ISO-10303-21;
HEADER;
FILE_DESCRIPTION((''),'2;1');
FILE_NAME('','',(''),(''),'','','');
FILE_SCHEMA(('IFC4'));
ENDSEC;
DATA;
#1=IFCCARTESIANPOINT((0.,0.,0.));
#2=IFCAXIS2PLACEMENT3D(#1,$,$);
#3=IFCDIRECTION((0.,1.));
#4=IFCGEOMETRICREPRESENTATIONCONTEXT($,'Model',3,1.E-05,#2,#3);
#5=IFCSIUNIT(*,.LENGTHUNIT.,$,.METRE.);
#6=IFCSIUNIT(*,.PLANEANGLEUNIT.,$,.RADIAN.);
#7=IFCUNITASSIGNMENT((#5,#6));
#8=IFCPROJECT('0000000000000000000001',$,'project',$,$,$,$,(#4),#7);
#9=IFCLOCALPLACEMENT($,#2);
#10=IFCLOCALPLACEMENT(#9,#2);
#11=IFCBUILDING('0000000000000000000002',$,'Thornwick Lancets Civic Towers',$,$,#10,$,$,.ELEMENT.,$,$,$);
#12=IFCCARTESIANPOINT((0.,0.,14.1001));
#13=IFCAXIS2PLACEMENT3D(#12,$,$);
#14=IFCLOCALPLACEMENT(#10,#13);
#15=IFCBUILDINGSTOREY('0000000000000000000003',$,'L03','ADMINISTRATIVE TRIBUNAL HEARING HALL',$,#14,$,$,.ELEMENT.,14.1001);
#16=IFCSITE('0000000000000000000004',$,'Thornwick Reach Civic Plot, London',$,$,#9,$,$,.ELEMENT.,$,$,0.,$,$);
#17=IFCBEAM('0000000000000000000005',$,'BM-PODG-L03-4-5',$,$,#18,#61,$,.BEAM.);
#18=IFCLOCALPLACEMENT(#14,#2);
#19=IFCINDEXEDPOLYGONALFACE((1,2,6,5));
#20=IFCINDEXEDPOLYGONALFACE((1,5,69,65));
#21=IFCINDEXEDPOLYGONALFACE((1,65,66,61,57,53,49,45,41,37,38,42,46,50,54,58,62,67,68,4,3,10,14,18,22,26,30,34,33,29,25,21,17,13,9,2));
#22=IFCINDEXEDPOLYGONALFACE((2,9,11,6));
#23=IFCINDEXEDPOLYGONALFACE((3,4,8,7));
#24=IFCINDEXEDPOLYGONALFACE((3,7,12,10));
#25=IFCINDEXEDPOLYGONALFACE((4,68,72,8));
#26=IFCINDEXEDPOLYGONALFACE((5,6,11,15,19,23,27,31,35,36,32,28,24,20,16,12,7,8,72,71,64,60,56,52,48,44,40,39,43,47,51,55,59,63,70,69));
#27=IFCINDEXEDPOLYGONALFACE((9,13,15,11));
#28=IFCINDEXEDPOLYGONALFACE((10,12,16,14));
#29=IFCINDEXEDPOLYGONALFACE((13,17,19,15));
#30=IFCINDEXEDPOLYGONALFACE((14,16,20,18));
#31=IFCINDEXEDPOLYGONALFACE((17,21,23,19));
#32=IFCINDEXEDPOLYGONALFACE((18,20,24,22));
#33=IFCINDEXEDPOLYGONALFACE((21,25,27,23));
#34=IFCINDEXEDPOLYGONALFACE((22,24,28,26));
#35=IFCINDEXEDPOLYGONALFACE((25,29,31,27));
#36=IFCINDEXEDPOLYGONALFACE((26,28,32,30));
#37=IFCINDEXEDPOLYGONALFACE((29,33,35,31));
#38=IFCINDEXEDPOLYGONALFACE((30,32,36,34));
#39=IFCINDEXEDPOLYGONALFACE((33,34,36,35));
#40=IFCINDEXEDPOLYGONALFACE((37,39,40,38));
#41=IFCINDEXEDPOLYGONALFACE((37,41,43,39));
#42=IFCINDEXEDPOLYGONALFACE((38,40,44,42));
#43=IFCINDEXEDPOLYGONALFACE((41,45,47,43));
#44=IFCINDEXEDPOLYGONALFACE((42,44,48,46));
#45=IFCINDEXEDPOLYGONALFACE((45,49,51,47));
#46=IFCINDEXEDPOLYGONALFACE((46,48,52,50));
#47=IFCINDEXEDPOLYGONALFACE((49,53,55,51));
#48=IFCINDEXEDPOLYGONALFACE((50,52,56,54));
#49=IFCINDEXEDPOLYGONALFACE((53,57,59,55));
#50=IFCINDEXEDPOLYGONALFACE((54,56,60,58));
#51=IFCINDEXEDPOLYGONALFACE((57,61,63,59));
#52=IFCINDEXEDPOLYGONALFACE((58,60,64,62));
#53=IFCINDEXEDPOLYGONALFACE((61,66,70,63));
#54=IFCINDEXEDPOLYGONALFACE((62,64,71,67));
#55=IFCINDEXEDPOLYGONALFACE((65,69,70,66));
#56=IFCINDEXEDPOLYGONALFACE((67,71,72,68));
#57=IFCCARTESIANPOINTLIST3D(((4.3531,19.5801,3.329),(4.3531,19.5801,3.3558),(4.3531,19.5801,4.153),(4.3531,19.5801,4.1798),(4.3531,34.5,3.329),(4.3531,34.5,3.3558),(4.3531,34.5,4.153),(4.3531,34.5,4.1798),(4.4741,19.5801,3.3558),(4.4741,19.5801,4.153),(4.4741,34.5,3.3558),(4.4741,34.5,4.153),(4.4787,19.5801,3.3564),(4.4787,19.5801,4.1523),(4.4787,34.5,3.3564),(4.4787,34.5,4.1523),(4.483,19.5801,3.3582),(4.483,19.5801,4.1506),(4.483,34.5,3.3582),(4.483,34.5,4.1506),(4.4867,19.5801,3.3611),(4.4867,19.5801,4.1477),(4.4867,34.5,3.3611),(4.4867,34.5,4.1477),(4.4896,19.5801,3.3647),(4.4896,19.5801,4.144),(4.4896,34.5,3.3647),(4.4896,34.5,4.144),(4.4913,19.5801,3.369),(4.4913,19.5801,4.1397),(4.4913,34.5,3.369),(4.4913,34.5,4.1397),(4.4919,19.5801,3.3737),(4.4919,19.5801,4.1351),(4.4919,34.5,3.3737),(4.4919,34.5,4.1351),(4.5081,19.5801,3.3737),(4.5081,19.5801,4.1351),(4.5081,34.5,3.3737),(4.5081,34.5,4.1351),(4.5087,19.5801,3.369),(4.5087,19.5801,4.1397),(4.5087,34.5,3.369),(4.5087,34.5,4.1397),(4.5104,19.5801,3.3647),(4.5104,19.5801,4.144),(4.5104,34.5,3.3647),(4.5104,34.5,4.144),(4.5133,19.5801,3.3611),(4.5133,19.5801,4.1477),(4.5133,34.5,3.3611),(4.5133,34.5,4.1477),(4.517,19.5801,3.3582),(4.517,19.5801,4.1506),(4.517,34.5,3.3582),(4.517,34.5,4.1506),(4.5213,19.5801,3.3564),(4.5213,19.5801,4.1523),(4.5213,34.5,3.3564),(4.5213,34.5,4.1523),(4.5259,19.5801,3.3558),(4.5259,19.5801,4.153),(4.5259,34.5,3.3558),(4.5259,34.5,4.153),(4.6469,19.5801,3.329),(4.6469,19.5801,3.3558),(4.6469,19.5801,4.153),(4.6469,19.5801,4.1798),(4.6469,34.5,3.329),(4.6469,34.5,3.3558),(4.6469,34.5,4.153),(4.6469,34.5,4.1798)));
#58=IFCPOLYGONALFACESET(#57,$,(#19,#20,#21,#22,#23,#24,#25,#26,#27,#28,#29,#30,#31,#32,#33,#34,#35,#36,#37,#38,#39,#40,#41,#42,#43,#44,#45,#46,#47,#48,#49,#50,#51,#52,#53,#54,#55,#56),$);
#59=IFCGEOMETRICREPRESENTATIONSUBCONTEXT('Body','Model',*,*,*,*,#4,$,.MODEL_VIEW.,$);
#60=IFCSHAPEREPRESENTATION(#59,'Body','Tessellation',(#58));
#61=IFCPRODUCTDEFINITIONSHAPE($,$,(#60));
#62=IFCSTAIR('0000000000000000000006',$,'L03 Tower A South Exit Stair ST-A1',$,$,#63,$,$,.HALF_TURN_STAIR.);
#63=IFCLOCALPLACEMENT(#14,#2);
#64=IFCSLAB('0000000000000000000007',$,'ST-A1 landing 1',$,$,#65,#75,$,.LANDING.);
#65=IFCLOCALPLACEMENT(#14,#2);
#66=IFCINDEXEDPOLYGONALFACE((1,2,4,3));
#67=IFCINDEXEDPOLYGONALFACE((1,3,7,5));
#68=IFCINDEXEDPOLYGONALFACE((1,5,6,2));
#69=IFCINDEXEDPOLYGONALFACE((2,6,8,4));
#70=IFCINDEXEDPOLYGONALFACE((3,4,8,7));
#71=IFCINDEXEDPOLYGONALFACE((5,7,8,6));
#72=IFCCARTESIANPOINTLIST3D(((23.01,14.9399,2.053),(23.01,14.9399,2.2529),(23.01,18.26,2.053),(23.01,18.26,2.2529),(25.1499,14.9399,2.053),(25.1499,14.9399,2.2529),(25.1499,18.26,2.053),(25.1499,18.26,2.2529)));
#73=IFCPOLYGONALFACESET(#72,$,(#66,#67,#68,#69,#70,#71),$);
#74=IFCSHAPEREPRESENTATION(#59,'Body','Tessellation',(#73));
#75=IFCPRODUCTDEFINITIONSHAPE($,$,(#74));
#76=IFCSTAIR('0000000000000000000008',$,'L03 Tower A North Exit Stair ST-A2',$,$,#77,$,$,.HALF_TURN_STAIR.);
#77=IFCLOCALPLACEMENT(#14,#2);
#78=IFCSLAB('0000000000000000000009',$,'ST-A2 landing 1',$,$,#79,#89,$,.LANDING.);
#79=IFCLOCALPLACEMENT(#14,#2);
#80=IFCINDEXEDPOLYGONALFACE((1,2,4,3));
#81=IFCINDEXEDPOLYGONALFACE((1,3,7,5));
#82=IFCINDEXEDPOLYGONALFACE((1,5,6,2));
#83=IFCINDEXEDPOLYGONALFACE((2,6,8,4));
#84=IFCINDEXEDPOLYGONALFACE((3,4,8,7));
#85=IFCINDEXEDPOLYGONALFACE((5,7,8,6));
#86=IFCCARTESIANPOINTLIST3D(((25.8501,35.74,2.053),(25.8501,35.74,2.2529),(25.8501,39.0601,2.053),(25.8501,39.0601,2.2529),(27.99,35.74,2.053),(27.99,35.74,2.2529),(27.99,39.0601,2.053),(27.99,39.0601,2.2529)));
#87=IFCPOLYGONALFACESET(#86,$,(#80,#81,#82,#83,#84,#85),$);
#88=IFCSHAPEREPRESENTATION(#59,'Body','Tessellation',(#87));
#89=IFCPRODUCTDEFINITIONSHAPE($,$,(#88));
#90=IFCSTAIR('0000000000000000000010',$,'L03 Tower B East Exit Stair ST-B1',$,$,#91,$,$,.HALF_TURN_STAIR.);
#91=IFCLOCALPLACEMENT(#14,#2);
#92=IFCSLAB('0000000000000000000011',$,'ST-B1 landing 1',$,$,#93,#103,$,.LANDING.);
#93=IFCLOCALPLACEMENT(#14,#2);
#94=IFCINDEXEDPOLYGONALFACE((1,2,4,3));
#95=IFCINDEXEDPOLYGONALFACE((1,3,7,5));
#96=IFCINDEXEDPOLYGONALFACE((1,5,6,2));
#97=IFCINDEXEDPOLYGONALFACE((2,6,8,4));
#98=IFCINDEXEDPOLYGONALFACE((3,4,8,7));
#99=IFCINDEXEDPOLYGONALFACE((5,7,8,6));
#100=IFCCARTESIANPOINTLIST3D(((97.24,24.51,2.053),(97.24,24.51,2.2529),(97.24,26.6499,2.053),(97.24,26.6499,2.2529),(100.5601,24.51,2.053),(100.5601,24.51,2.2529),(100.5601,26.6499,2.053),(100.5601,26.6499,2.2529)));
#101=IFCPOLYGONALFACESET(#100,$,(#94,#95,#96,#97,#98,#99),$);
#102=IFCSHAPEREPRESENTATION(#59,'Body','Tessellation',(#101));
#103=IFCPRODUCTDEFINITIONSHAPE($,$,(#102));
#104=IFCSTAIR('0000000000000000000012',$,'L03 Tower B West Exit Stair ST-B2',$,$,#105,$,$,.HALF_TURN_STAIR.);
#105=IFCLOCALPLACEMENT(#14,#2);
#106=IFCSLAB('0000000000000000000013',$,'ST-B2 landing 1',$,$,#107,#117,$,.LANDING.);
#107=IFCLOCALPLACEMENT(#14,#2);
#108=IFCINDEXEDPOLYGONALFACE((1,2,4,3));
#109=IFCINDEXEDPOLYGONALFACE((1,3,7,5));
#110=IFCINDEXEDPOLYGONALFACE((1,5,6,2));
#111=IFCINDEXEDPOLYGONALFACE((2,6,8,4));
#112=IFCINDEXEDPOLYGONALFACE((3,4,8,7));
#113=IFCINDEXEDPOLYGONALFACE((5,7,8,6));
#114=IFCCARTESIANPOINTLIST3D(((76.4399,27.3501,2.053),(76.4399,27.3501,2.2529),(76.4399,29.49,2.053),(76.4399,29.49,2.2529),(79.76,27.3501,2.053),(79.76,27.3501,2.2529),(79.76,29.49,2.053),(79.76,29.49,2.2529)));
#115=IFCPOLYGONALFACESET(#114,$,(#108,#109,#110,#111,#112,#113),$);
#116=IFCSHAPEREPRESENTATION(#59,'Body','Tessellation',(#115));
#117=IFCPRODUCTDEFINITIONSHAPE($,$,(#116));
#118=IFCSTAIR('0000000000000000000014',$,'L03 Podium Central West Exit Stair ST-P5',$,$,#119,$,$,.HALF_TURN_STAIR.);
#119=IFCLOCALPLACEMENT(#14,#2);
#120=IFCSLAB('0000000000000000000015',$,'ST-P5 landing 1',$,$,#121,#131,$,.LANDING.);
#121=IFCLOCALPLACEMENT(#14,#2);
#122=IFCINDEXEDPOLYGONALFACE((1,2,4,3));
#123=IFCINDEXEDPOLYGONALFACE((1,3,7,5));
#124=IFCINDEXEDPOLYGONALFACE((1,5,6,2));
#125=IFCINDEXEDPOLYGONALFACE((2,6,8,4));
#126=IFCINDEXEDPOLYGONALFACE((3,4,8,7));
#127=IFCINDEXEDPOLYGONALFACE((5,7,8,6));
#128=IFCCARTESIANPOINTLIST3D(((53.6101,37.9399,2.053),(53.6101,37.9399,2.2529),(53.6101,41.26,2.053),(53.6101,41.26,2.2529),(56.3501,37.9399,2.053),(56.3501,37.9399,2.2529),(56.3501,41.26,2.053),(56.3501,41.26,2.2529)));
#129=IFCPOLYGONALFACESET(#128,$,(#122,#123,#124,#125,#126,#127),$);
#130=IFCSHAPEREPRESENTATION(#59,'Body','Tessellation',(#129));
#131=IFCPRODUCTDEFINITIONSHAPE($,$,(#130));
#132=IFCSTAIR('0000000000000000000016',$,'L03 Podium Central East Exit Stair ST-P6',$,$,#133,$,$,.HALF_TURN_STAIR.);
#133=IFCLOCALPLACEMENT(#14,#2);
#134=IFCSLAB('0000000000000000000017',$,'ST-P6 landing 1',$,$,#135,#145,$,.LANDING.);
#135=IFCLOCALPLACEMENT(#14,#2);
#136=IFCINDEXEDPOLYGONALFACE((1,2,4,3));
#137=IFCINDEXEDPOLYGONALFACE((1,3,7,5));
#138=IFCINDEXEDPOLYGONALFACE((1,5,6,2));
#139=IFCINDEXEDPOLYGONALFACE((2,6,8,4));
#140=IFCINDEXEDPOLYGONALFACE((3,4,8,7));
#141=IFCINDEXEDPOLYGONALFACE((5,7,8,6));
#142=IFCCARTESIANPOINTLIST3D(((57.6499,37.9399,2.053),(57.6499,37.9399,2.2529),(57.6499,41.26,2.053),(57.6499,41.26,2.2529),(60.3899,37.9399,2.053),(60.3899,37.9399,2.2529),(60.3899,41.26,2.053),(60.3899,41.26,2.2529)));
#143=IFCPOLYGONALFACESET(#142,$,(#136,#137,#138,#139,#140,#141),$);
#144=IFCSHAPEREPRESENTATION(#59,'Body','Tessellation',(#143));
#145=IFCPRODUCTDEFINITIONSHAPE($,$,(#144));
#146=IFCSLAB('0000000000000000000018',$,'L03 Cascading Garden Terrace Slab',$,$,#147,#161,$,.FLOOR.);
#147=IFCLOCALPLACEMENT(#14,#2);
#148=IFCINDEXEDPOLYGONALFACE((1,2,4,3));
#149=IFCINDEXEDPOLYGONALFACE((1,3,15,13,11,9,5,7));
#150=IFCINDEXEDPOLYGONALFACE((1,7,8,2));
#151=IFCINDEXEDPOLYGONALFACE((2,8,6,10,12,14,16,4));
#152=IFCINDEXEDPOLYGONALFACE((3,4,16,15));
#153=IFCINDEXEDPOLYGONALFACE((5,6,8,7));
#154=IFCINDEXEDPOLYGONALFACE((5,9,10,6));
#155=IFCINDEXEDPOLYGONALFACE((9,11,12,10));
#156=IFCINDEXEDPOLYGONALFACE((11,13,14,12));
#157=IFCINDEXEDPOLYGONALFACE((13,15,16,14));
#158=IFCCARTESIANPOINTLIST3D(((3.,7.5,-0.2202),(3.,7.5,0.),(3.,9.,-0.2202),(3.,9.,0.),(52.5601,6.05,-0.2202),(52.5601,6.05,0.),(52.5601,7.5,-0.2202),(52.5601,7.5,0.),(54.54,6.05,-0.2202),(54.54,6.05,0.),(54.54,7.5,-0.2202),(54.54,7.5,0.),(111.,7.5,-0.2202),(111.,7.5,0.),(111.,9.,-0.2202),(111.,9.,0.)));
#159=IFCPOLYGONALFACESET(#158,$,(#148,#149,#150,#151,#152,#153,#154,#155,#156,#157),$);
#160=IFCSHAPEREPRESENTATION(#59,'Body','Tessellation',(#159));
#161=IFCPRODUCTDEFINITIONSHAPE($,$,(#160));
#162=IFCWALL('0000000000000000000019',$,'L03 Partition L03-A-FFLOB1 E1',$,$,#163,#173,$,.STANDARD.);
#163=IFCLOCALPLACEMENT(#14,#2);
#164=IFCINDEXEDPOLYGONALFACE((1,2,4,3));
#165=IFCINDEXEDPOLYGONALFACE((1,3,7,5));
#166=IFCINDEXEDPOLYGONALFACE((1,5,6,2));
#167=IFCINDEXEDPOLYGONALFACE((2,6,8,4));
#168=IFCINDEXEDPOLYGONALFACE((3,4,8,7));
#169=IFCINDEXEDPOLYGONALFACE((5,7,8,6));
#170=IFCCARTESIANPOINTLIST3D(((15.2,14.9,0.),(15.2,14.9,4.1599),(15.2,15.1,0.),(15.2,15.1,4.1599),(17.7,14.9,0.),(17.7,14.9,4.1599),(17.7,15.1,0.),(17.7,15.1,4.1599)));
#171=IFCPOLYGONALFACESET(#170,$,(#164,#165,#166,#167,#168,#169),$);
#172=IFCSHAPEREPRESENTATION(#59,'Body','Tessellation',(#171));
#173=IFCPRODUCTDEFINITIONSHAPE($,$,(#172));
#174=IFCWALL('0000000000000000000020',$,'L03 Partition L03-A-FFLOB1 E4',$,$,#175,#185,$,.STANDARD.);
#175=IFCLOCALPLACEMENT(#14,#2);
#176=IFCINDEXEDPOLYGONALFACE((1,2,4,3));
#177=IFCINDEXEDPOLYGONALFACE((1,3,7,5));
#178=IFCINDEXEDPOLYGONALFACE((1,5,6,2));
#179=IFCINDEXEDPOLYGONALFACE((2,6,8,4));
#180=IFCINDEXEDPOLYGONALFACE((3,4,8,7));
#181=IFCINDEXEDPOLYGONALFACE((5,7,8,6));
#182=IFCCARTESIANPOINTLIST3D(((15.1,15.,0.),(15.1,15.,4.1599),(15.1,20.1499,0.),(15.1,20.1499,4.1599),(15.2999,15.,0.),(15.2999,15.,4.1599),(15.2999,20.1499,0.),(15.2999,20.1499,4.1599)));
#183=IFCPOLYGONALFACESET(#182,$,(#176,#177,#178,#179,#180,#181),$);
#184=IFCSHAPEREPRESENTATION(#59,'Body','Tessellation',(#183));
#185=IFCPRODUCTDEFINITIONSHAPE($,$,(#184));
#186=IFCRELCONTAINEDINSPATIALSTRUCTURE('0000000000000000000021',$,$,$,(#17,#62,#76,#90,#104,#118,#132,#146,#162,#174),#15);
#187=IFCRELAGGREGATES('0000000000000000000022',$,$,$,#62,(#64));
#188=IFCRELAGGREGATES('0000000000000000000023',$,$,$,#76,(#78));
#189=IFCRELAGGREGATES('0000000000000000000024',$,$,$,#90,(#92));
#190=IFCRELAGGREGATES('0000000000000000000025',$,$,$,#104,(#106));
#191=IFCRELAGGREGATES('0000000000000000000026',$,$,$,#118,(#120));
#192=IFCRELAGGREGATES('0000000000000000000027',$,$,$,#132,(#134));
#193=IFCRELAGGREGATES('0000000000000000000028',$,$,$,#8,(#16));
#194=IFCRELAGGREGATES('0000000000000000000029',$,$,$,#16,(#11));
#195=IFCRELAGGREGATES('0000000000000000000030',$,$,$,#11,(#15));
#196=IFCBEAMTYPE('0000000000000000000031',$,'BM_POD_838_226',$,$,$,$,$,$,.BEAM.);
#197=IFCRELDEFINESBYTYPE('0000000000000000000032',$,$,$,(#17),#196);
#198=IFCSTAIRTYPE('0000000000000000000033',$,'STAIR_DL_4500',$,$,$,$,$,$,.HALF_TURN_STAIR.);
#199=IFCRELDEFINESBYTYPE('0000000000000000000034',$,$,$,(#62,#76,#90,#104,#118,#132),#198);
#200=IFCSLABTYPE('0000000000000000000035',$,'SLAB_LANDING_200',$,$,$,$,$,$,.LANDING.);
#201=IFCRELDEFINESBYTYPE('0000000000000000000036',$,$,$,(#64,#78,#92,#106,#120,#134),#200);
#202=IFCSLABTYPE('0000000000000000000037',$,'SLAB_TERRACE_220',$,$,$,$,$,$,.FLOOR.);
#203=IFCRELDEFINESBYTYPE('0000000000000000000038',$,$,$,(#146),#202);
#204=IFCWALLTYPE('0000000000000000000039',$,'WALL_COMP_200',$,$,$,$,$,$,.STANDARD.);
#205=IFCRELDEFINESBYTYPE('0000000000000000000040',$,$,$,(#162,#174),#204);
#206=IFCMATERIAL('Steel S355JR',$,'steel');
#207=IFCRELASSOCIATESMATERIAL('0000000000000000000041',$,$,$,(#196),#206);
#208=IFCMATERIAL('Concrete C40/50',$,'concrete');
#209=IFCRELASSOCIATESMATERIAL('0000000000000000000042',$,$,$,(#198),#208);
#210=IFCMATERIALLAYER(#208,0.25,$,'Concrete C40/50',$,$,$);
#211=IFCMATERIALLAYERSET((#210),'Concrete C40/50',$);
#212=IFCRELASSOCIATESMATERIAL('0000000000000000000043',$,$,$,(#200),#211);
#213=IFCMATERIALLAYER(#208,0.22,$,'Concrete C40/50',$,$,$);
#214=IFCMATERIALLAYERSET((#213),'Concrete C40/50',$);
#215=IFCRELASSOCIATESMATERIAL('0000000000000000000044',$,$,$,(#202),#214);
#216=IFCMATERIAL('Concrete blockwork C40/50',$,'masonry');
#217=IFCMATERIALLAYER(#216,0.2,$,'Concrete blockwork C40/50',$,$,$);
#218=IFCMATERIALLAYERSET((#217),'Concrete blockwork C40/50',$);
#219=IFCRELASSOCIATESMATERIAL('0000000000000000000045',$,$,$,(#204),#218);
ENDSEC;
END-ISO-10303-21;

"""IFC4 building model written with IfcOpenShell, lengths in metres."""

from ifc_helpers import new_model, si_unit, direction, frame, frame_2d, origin, origin_2d, place, context, subcontext, project, spatial, polyline, rectangle, i_section, outline, extrude, material, layer, layer_set, material_profile, profile_set, type_object, element, aggregate, save


model = new_model("IFC4")

# Units and contexts
model_context = context("Model", 3, precision=1e-05, world=origin(), true_north=direction((0.0, 1.0)))
body_context = subcontext(model_context, "Body", "Model", "MODEL_VIEW")
ifc_project = project(units=[si_unit("LENGTHUNIT", "METRE"), si_unit("PLANEANGLEUNIT", "RADIAN")], contexts=[model_context])

# Site, building, storey
site_placement = place(None, origin())
site = spatial("IfcSite", under=ifc_project, at=site_placement, Name="Thornwick Reach Civic Plot, London", CompositionType="ELEMENT", RefElevation=0.0)
building_placement = place(site_placement, origin())
building = spatial("IfcBuilding", under=site, at=building_placement, Name="Thornwick Lancets Civic Towers", CompositionType="ELEMENT")
storey_placement = place(building_placement, frame((0.0, 0.0, 14.1001)))
storey = spatial("IfcBuildingStorey", under=building, at=storey_placement, Name="L03", Description="ADMINISTRATIVE TRIBUNAL HEARING HALL", CompositionType="ELEMENT", Elevation=14.1001)

# Shared definitions
ifc_material_1 = material(Name="Concrete C40/50", Category="concrete")

# Beam
ifc_material_2 = material(Name="Steel S355JR", Category="steel")
ifc_material_profile_1 = material_profile(ifc_material_2, i_section(OverallWidth=0.2937, OverallDepth=0.8508, WebThickness=0.0161, FlangeThickness=0.0269, FilletRadius=0.0178, at=origin_2d()), Name="UKB 838x292x226")
ifc_profile_set_1 = profile_set([ifc_material_profile_1], Name="Steel S355JR")
beam_type_1 = type_object("IfcBeamType", Name="BM_POD_838_226", PredefinedType="BEAM", material=ifc_profile_set_1)
beam_1_placement = place(storey_placement, frame((4.5, 19.5801, 3.7544), z_axis=(0.0, 1.0, 0.0), x_axis=(-1.0, 0.0, 0.0)))
element("IfcBeam", 1, at=beam_1_placement, inside=storey, type_object=beam_type_1, Name="BM-PODG-L03-4-5", PredefinedType="BEAM", context=body_context, shape_type="SweptSolid", body=[
    extrude(i_section(OverallWidth=0.2937, OverallDepth=0.8508, WebThickness=0.0161, FlangeThickness=0.0269, FilletRadius=0.0178, at=origin_2d()), origin(), (0.0, 0.0, 1.0), 14.9199),
])

# Stairs, slabs
stair_type = type_object("IfcStairType", Name="STAIR_DL_4500", PredefinedType="HALF_TURN_STAIR", material=ifc_material_1)
stair_1_placement = place(storey_placement, origin())
stair_1 = element("IfcStair", 2, at=stair_1_placement, inside=storey, type_object=stair_type, Name="L03 Tower A South Exit Stair ST-A1", PredefinedType="HALF_TURN_STAIR")
ifc_layer_1 = layer(ifc_material_1, 0.25, Name="Concrete C40/50")
ifc_layer_set_1 = layer_set([ifc_layer_1], Name="Concrete C40/50")
slab_type_1 = type_object("IfcSlabType", Name="SLAB_LANDING_200", PredefinedType="LANDING", material=ifc_layer_set_1)
slab_1_placement = place(storey_placement, frame((0.0, 0.0, 2.053)))
slab_1 = element("IfcSlab", 3, at=slab_1_placement, type_object=slab_type_1, Name="ST-A1 landing 1", PredefinedType="LANDING", context=body_context, shape_type="SweptSolid", body=[
    extrude(outline(polyline([(23.01, 14.9399), (25.1499, 14.9399), (25.1499, 18.26), (23.01, 18.26), (23.01, 14.9399)])), origin(), (0.0, 0.0, 1.0), 0.2),
])
aggregate(stair_1, [slab_1])
stair_2_placement = place(storey_placement, origin())
stair_2 = element("IfcStair", 4, at=stair_2_placement, inside=storey, type_object=stair_type, Name="L03 Tower A North Exit Stair ST-A2", PredefinedType="HALF_TURN_STAIR")
slab_2_placement = place(storey_placement, frame((0.0, 0.0, 2.053)))
slab_2 = element("IfcSlab", 5, at=slab_2_placement, type_object=slab_type_1, Name="ST-A2 landing 1", PredefinedType="LANDING", context=body_context, shape_type="SweptSolid", body=[
    extrude(outline(polyline([(27.99, 39.0601), (25.8501, 39.0601), (25.8501, 35.74), (27.99, 35.74), (27.99, 39.0601)])), origin(), (0.0, 0.0, 1.0), 0.2),
])
aggregate(stair_2, [slab_2])
stair_3_placement = place(storey_placement, origin())
stair_3 = element("IfcStair", 6, at=stair_3_placement, inside=storey, type_object=stair_type, Name="L03 Tower B East Exit Stair ST-B1", PredefinedType="HALF_TURN_STAIR")
slab_3_placement = place(storey_placement, frame((0.0, 0.0, 2.053)))
slab_3 = element("IfcSlab", 7, at=slab_3_placement, type_object=slab_type_1, Name="ST-B1 landing 1", PredefinedType="LANDING", context=body_context, shape_type="SweptSolid", body=[
    extrude(outline(polyline([(100.5601, 24.51), (100.5601, 26.6499), (97.24, 26.6499), (97.24, 24.51), (100.5601, 24.51)])), origin(), (0.0, 0.0, 1.0), 0.2),
])
aggregate(stair_3, [slab_3])
stair_4_placement = place(storey_placement, origin())
stair_4 = element("IfcStair", 8, at=stair_4_placement, inside=storey, type_object=stair_type, Name="L03 Tower B West Exit Stair ST-B2", PredefinedType="HALF_TURN_STAIR")
slab_4_placement = place(storey_placement, frame((0.0, 0.0, 2.053)))
slab_4 = element("IfcSlab", 9, at=slab_4_placement, type_object=slab_type_1, Name="ST-B2 landing 1", PredefinedType="LANDING", context=body_context, shape_type="SweptSolid", body=[
    extrude(outline(polyline([(76.4399, 29.49), (76.4399, 27.3501), (79.76, 27.3501), (79.76, 29.49), (76.4399, 29.49)])), origin(), (0.0, 0.0, 1.0), 0.2),
])
aggregate(stair_4, [slab_4])
stair_5_placement = place(storey_placement, origin())
stair_5 = element("IfcStair", 10, at=stair_5_placement, inside=storey, type_object=stair_type, Name="L03 Podium Central West Exit Stair ST-P5", PredefinedType="HALF_TURN_STAIR")
slab_5_placement = place(storey_placement, frame((0.0, 0.0, 2.053)))
slab_5 = element("IfcSlab", 11, at=slab_5_placement, type_object=slab_type_1, Name="ST-P5 landing 1", PredefinedType="LANDING", context=body_context, shape_type="SweptSolid", body=[
    extrude(outline(polyline([(53.6101, 37.9399), (56.3501, 37.9399), (56.3501, 41.26), (53.6101, 41.26), (53.6101, 37.9399)])), origin(), (0.0, 0.0, 1.0), 0.2),
])
aggregate(stair_5, [slab_5])
stair_6_placement = place(storey_placement, origin())
stair_6 = element("IfcStair", 12, at=stair_6_placement, inside=storey, type_object=stair_type, Name="L03 Podium Central East Exit Stair ST-P6", PredefinedType="HALF_TURN_STAIR")
slab_6_placement = place(storey_placement, frame((0.0, 0.0, 2.053)))
slab_6 = element("IfcSlab", 13, at=slab_6_placement, type_object=slab_type_1, Name="ST-P6 landing 1", PredefinedType="LANDING", context=body_context, shape_type="SweptSolid", body=[
    extrude(outline(polyline([(60.3899, 41.26), (57.6499, 41.26), (57.6499, 37.9399), (60.3899, 37.9399), (60.3899, 41.26)])), origin(), (0.0, 0.0, 1.0), 0.2),
])
aggregate(stair_6, [slab_6])

# Slab
ifc_layer_2 = layer(ifc_material_1, 0.22, Name="Concrete C40/50")
ifc_layer_set_2 = layer_set([ifc_layer_2], Name="Concrete C40/50")
slab_type_2 = type_object("IfcSlabType", Name="SLAB_TERRACE_220", PredefinedType="FLOOR", material=ifc_layer_set_2)
slab_7_placement = place(storey_placement, frame((0.0, 0.0, -0.2202)))
element("IfcSlab", 14, at=slab_7_placement, inside=storey, type_object=slab_type_2, Name="L03 Cascading Garden Terrace Slab", PredefinedType="FLOOR", context=body_context, shape_type="SweptSolid", body=[
    extrude(outline(polyline([(3.0, 7.5), (3.0, 9.0), (111.0, 9.0), (111.0, 7.5), (54.54, 7.5), (54.54, 6.05), (52.5601, 6.05), (52.5601, 7.5), (3.0, 7.5)])), origin(), (0.0, 0.0, 1.0), 0.2202),
])

# Walls
ifc_material_3 = material(Name="Concrete blockwork C40/50", Category="masonry")
ifc_layer_3 = layer(ifc_material_3, 0.2, Name="Concrete blockwork C40/50")
ifc_layer_set_3 = layer_set([ifc_layer_3], Name="Concrete blockwork C40/50")
wall_type_1 = type_object("IfcWallType", Name="WALL_COMP_200", PredefinedType="STANDARD", material=ifc_layer_set_3)
wall_1_placement = place(storey_placement, frame((15.2, 15.0, 0.0), z_axis=(0.0, 0.0, 1.0), x_axis=(1.0, 0.0, 0.0)))
element("IfcWall", 15, at=wall_1_placement, inside=storey, type_object=wall_type_1, Name="L03 Partition L03-A-FFLOB1 E1", PredefinedType="STANDARD", context=body_context, shape_type="SweptSolid", body=[
    extrude(rectangle(XDim=2.5, YDim=0.2, at=frame_2d((1.25, 0.0))), origin(), (0.0, 0.0, 1.0), 4.1599),
])
wall_2_placement = place(storey_placement, frame((15.2, 20.1499, 0.0), z_axis=(0.0, 0.0, 1.0), x_axis=(0.0, -1.0, 0.0)))
element("IfcWall", 16, at=wall_2_placement, inside=storey, type_object=wall_type_1, Name="L03 Partition L03-A-FFLOB1 E4", PredefinedType="STANDARD", context=body_context, shape_type="SweptSolid", body=[
    extrude(rectangle(XDim=5.1499, YDim=0.2, at=frame_2d((2.575, 0.0))), origin(), (0.0, 0.0, 1.0), 4.1599),
])

save(model, "model.ifc")
